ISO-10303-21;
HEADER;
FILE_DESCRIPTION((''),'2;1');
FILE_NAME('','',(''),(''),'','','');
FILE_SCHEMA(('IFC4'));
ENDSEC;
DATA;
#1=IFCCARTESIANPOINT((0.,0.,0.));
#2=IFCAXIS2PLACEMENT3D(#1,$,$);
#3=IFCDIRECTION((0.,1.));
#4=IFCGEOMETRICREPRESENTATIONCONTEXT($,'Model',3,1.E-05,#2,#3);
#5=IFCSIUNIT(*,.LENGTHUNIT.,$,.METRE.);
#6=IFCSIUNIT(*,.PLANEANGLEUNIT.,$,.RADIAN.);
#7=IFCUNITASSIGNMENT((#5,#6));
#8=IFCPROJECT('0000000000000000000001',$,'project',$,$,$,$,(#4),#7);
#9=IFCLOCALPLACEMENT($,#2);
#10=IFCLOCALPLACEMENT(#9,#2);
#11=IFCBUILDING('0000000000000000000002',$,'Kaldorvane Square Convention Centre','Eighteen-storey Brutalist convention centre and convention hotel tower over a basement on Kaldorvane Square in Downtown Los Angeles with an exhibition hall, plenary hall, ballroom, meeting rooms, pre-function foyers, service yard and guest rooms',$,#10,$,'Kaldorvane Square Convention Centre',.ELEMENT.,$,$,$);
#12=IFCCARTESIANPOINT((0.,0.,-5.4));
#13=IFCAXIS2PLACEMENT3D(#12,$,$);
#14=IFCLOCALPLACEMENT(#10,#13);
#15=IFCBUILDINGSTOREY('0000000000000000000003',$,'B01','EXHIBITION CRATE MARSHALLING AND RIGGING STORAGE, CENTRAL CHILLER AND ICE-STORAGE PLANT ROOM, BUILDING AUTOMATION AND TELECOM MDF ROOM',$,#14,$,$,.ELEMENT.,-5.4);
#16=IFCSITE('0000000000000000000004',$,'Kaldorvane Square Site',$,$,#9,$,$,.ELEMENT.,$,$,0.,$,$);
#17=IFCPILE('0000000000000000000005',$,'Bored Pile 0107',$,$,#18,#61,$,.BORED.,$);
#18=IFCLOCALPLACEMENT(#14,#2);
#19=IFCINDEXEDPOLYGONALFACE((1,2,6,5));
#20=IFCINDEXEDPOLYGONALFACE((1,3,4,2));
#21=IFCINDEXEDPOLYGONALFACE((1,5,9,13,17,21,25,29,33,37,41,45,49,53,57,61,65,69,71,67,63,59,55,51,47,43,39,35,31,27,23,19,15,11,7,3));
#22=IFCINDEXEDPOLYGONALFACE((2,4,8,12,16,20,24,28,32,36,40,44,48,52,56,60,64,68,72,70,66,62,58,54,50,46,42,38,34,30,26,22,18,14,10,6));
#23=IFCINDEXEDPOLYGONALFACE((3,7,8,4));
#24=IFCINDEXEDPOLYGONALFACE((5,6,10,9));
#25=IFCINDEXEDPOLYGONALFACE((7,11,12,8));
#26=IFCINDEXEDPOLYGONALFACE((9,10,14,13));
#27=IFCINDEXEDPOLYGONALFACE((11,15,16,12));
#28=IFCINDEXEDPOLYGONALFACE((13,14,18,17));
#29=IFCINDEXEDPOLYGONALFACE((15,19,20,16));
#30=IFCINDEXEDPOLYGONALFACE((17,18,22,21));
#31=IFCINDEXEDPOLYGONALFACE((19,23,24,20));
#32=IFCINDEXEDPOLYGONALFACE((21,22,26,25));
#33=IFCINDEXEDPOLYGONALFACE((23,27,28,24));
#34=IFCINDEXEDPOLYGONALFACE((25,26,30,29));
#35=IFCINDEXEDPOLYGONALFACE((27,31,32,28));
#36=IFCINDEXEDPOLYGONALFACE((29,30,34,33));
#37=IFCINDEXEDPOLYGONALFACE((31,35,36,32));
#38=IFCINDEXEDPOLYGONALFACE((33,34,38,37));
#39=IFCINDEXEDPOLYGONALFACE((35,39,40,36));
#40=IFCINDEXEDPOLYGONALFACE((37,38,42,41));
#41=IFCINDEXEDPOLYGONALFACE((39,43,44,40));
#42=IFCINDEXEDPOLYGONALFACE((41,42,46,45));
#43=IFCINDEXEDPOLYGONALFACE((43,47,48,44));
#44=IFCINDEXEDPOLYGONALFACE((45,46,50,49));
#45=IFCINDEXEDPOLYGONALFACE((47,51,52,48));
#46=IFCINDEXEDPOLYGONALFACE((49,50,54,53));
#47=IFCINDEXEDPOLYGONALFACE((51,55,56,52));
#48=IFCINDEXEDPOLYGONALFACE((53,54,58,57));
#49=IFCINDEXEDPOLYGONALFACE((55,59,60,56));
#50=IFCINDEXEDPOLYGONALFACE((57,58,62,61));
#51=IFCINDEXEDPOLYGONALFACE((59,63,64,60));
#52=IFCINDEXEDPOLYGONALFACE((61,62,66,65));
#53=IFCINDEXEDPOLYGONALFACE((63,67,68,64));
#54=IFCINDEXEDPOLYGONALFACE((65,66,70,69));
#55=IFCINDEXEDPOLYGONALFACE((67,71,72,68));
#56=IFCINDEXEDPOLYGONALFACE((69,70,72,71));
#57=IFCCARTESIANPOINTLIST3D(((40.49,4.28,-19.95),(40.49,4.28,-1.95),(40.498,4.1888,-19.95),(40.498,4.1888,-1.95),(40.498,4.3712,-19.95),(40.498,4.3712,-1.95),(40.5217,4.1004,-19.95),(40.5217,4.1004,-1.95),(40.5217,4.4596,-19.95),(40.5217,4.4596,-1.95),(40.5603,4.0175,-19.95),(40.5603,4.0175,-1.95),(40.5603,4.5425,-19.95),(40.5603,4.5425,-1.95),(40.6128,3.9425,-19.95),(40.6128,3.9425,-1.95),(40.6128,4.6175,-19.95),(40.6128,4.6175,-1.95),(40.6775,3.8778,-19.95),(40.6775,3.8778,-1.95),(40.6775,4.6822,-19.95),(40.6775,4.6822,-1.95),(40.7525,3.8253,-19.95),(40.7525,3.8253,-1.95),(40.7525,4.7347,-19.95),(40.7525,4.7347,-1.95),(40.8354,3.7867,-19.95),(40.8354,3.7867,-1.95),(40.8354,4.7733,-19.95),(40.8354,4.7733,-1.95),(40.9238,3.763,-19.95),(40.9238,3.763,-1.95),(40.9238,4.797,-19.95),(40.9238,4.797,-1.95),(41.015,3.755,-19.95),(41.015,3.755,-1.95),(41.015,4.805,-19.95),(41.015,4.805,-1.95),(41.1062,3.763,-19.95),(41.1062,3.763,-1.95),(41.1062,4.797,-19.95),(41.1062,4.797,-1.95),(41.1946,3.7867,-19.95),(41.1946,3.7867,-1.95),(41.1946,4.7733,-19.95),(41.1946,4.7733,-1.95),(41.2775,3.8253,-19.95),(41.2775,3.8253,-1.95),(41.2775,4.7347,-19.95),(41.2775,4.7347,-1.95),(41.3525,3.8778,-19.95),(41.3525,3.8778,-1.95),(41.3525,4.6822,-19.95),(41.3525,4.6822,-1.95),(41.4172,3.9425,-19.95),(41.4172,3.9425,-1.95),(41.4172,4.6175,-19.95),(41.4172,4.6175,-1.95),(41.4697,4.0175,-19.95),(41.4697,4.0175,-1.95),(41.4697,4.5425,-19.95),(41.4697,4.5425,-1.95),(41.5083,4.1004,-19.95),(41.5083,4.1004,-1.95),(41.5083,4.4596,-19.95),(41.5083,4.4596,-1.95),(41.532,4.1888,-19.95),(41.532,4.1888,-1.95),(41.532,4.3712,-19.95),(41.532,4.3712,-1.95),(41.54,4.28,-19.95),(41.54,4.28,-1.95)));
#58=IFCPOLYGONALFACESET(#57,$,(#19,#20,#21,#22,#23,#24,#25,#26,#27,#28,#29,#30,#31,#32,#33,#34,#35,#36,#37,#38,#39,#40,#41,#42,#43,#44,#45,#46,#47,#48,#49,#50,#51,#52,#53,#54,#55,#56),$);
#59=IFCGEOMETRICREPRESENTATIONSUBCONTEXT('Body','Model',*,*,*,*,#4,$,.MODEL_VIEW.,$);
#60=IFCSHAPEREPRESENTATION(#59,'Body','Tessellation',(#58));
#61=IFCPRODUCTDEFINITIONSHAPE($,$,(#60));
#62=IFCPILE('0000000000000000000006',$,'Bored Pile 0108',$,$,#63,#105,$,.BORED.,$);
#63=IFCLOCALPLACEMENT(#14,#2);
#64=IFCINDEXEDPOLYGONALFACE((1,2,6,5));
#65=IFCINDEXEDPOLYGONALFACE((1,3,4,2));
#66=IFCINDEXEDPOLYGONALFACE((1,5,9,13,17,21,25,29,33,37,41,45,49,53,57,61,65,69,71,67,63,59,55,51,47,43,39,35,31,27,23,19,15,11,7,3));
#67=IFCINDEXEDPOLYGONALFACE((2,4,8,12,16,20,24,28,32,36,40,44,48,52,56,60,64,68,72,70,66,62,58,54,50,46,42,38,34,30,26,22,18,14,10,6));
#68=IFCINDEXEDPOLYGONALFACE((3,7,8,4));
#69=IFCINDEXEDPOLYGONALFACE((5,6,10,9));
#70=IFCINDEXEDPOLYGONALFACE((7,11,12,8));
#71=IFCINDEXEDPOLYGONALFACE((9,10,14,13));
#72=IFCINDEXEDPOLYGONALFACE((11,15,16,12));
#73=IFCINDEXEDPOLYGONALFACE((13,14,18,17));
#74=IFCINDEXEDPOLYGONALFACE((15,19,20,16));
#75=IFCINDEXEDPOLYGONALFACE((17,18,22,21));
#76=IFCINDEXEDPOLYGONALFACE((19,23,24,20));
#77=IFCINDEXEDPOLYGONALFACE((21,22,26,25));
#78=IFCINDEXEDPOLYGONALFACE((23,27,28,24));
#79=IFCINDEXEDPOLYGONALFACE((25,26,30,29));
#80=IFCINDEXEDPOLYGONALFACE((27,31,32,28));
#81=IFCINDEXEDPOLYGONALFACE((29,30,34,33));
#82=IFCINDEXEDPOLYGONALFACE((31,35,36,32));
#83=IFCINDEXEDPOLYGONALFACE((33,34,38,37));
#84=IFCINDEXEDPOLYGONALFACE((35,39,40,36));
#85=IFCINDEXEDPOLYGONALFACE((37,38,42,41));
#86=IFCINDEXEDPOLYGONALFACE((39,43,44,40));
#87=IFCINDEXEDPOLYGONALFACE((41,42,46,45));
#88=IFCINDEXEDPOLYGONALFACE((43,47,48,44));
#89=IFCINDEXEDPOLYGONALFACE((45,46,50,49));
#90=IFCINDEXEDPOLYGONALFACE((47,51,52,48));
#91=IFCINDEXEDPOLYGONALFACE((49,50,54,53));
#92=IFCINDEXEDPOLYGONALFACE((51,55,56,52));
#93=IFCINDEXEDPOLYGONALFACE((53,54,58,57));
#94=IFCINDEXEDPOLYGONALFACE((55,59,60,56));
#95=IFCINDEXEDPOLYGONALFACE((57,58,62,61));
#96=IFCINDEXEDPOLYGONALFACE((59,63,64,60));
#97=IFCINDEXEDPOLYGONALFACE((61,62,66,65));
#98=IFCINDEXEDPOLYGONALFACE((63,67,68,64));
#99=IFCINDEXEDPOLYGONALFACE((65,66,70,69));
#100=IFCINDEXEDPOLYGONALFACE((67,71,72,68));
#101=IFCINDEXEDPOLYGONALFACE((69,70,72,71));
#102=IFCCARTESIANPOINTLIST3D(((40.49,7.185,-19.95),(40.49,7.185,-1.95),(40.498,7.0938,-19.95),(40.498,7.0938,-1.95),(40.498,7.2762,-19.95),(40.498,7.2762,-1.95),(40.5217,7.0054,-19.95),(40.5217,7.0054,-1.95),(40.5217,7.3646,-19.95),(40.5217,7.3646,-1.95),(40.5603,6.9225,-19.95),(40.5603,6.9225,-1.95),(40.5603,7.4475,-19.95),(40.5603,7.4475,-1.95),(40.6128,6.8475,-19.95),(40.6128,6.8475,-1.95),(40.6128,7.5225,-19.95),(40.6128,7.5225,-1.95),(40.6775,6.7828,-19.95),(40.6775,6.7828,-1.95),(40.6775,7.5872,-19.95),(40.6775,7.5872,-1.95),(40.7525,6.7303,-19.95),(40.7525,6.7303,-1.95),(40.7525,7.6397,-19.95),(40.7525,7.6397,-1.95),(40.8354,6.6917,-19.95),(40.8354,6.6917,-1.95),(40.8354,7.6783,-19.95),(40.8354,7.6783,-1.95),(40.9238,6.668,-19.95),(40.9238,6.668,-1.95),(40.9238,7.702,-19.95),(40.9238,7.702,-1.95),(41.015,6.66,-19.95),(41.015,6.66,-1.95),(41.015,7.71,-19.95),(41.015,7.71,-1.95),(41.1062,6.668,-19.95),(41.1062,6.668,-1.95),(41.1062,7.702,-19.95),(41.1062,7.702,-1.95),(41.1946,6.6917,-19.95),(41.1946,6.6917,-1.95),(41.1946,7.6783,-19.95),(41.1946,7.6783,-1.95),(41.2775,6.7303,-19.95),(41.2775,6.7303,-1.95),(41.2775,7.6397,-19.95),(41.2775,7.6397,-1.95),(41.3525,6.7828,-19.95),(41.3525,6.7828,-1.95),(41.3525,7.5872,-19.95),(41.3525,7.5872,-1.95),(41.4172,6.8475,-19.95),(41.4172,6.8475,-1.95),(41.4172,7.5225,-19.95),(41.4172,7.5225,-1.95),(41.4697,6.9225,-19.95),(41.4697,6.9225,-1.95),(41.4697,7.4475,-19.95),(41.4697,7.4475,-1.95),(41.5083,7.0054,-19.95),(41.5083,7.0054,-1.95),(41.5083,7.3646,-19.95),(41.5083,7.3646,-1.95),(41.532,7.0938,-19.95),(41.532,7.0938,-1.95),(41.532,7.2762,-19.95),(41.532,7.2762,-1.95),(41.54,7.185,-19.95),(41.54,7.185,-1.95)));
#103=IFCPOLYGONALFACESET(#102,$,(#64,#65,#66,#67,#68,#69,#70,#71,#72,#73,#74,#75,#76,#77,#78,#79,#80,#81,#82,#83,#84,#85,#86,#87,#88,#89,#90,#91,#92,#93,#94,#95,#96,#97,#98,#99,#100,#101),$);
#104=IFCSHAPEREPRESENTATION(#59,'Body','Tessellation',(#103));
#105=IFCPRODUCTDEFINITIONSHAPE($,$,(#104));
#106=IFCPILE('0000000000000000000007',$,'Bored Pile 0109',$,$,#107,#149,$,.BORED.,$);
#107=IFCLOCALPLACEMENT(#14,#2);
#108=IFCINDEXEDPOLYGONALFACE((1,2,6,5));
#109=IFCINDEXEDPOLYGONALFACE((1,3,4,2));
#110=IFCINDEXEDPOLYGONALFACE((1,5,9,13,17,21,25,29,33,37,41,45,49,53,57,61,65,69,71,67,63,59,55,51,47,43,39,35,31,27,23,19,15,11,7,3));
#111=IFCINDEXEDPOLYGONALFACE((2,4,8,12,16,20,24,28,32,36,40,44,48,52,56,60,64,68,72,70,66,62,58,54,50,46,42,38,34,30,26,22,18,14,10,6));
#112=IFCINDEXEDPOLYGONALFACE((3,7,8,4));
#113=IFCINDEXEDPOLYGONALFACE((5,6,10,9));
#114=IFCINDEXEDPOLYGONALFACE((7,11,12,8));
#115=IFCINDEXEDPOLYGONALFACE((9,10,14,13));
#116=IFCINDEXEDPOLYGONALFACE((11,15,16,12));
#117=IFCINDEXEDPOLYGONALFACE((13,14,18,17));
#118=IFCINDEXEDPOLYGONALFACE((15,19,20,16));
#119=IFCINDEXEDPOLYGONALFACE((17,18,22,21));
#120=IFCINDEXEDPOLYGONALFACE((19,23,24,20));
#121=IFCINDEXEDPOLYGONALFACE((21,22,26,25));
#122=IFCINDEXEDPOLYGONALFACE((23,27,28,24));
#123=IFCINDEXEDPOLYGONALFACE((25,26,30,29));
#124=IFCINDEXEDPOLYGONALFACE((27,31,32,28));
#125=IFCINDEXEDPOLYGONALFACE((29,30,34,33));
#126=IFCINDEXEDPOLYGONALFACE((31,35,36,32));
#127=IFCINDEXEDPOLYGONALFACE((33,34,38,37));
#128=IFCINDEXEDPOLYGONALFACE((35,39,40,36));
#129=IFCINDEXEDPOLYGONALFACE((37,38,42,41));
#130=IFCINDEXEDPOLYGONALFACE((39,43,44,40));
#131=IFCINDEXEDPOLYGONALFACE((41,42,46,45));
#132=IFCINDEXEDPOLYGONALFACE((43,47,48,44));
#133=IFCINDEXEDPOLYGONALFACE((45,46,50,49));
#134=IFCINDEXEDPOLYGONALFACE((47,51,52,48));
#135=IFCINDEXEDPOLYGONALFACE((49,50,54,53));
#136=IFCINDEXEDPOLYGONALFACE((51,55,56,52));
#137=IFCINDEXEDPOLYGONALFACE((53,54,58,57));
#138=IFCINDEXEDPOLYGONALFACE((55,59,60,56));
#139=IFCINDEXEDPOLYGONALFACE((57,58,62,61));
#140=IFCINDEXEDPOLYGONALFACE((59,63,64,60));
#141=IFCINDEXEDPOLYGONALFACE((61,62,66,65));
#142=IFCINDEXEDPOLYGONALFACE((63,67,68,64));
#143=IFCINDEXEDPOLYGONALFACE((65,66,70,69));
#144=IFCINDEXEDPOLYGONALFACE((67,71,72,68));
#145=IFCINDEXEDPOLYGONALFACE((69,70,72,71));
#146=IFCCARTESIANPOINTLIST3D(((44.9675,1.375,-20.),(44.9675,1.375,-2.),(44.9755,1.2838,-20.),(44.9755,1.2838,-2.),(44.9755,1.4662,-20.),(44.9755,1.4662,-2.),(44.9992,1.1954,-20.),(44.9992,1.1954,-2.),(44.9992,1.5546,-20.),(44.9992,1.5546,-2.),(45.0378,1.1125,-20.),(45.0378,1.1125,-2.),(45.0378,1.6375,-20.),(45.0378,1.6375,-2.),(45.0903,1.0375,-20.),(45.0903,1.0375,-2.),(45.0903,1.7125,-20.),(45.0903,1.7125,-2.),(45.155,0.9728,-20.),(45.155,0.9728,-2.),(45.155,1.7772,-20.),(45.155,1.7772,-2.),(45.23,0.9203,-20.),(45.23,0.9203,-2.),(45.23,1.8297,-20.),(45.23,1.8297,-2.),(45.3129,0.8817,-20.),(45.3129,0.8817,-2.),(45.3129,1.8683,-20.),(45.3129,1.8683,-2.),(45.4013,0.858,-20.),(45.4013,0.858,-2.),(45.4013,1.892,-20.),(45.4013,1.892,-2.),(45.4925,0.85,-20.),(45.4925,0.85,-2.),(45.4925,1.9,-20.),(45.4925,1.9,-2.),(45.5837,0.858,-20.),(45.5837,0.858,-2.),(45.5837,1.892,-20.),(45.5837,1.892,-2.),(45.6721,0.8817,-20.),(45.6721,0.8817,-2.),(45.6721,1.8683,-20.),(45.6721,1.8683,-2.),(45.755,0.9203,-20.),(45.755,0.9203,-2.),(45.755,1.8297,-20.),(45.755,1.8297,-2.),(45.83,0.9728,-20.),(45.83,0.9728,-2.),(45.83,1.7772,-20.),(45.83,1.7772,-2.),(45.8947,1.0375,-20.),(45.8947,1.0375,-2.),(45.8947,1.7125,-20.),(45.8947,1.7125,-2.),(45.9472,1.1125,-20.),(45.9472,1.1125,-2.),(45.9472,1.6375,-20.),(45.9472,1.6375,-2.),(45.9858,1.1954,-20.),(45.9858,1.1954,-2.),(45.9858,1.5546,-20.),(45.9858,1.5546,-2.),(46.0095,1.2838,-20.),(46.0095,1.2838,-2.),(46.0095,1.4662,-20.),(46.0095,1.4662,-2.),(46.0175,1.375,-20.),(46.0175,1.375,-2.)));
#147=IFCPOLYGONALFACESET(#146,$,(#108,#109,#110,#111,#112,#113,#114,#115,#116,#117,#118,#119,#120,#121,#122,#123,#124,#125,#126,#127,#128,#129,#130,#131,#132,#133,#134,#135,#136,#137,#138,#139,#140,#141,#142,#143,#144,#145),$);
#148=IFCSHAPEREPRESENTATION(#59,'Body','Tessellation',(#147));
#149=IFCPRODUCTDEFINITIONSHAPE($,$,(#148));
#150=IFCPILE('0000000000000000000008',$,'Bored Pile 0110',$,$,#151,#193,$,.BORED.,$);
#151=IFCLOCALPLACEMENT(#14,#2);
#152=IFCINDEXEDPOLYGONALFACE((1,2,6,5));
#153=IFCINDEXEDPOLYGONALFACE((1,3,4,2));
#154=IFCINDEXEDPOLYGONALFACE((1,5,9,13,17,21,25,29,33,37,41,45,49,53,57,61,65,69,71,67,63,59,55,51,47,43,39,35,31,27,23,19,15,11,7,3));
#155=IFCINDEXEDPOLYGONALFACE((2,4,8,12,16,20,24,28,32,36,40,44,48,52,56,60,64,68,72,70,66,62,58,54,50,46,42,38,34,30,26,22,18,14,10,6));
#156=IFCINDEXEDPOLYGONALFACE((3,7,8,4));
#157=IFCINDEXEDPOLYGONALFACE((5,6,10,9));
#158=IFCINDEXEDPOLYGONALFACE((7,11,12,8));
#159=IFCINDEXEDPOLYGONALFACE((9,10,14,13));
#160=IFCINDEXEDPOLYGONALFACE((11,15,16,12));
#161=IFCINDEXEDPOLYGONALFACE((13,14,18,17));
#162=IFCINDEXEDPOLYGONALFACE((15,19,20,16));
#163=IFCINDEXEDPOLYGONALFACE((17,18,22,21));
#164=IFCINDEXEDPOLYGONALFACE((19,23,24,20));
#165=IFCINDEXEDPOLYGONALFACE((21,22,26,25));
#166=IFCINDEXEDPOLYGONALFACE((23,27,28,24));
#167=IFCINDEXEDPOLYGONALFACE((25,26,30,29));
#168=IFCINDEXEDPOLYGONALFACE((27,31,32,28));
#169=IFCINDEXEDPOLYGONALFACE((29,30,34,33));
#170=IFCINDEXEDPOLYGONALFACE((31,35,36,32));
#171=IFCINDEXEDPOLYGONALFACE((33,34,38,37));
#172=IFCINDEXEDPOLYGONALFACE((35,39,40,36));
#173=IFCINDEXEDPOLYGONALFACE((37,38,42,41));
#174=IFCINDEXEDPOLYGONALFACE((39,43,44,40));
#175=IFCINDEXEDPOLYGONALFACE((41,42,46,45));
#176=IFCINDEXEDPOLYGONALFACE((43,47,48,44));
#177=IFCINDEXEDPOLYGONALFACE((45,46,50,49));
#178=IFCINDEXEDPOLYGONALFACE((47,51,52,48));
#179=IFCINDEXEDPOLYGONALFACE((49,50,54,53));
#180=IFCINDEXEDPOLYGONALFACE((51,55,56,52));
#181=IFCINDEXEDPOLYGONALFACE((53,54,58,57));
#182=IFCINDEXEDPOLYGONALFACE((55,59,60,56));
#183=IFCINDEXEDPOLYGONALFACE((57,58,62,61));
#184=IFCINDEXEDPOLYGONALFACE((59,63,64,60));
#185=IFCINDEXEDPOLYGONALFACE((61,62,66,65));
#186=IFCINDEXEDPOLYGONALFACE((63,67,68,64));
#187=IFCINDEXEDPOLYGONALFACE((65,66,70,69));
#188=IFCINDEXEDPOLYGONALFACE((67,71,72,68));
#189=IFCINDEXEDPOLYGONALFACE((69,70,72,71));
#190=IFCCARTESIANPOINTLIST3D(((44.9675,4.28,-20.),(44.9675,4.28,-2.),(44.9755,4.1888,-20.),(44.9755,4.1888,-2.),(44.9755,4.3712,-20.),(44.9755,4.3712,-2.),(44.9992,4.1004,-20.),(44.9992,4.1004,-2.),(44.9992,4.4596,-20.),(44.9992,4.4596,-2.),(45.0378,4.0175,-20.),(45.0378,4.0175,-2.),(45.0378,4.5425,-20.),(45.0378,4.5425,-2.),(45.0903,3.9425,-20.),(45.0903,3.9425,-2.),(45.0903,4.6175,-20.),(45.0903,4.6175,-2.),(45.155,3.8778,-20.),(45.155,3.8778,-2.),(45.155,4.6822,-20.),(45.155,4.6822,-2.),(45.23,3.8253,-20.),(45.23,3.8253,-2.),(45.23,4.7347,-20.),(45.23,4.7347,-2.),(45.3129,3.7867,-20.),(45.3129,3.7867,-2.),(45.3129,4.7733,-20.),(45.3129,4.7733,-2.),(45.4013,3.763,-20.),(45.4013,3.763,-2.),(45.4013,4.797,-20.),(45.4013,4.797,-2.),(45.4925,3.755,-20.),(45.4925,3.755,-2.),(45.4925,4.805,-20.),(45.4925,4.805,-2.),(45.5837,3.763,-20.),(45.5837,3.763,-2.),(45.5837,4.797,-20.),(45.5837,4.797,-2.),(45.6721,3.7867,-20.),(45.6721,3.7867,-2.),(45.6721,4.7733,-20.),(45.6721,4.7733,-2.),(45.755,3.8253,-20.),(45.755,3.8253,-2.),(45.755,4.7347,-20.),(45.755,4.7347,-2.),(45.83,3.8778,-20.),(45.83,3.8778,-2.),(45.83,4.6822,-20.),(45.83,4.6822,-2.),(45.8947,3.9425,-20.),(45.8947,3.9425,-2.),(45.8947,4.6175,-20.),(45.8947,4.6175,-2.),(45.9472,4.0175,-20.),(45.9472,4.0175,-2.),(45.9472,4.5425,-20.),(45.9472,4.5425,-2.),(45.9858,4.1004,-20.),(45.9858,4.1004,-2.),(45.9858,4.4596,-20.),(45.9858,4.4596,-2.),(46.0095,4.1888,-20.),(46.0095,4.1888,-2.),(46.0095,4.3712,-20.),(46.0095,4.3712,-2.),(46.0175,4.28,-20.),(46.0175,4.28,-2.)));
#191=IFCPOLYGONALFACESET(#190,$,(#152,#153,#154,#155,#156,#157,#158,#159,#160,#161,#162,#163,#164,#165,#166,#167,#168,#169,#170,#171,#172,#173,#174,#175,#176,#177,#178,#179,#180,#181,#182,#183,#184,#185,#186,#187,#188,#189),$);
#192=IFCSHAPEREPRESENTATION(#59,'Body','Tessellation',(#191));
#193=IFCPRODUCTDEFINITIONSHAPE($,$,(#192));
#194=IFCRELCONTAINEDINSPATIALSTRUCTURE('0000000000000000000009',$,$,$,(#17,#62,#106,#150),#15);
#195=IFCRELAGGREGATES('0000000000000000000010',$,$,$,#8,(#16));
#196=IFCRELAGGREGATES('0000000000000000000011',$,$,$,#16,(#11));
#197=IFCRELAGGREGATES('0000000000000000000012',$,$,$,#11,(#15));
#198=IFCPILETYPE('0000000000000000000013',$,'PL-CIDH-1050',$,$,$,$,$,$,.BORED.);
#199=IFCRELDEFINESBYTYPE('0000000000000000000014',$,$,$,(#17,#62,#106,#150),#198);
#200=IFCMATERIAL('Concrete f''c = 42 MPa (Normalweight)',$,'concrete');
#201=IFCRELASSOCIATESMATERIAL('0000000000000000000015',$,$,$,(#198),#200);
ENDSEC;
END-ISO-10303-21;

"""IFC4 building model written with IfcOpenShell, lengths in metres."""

from ifc_helpers import new_model, si_unit, direction, frame, origin, origin_2d, place, context, subcontext, project, spatial, circle, extrude, material, material_profile, profile_set, type_object, element, save


model = new_model("IFC4")

# Units and contexts
model_context = context("Model", 3, precision=1e-05, world=origin(), true_north=direction((0.0, 1.0)))
body_context = subcontext(model_context, "Body", "Model", "MODEL_VIEW")
ifc_project = project(units=[si_unit("LENGTHUNIT", "METRE"), si_unit("PLANEANGLEUNIT", "RADIAN")], contexts=[model_context])

# Site, building, storey
site_placement = place(None, origin())
site = spatial("IfcSite", under=ifc_project, at=site_placement, Name="Kaldorvane Square Site", CompositionType="ELEMENT", RefElevation=0.0)
building_placement = place(site_placement, origin())
building = spatial("IfcBuilding", under=site, at=building_placement, Name="Kaldorvane Square Convention Centre", Description="Eighteen-storey Brutalist convention centre and convention hotel tower over a basement on Kaldorvane Square in Downtown Los Angeles with an exhibition hall, plenary hall, ballroom, meeting rooms, pre-function foyers, service yard and guest rooms", LongName="Kaldorvane Square Convention Centre", CompositionType="ELEMENT")
storey_placement = place(building_placement, frame((0.0, 0.0, -5.4)))
storey = spatial("IfcBuildingStorey", under=building, at=storey_placement, Name="B01", Description="EXHIBITION CRATE MARSHALLING AND RIGGING STORAGE, CENTRAL CHILLER AND ICE-STORAGE PLANT ROOM, BUILDING AUTOMATION AND TELECOM MDF ROOM", CompositionType="ELEMENT", Elevation=-5.4)

# Shared definitions
ifc_material_1 = material(Name="Concrete f'c = 42 MPa (Normalweight)", Category="concrete")

# Piles
ifc_material_profile_1 = material_profile(ifc_material_1, circle(Radius=0.525, at=origin_2d()), Name="PILE-D1050")
ifc_profile_set_1 = profile_set([ifc_material_profile_1], Name="Concrete f'c = 42 MPa (Normalweight)")
pile_type = type_object("IfcPileType", Name="PL-CIDH-1050", PredefinedType="BORED", material=ifc_profile_set_1)
for number, where, z_axis, x_axis, name in (
    (1, (41.015, 4.28, -1.95), (0.0, 0.0, -1.0), (1.0, 0.0, 0.0), "Bored Pile 0107"),
    (2, (41.015, 7.185, -1.95), (0.0, 0.0, -1.0), (1.0, 0.0, 0.0), "Bored Pile 0108"),
    (3, (45.4925, 1.375, -2.0), (0.0, 0.0, -1.0), (1.0, 0.0, 0.0), "Bored Pile 0109"),
    (4, (45.4925, 4.28, -2.0), (0.0, 0.0, -1.0), (1.0, 0.0, 0.0), "Bored Pile 0110"),
):
    element("IfcPile", number, at=place(storey_placement, frame(where, z_axis=z_axis, x_axis=x_axis)), inside=storey, type_object=pile_type, Name=name, PredefinedType="BORED", context=body_context, shape_type="SweptSolid", body=[
        extrude(circle(Radius=0.525, at=origin_2d()), origin(), (0.0, 0.0, 1.0), 18.0),
    ])

save(model, "model.ifc")
